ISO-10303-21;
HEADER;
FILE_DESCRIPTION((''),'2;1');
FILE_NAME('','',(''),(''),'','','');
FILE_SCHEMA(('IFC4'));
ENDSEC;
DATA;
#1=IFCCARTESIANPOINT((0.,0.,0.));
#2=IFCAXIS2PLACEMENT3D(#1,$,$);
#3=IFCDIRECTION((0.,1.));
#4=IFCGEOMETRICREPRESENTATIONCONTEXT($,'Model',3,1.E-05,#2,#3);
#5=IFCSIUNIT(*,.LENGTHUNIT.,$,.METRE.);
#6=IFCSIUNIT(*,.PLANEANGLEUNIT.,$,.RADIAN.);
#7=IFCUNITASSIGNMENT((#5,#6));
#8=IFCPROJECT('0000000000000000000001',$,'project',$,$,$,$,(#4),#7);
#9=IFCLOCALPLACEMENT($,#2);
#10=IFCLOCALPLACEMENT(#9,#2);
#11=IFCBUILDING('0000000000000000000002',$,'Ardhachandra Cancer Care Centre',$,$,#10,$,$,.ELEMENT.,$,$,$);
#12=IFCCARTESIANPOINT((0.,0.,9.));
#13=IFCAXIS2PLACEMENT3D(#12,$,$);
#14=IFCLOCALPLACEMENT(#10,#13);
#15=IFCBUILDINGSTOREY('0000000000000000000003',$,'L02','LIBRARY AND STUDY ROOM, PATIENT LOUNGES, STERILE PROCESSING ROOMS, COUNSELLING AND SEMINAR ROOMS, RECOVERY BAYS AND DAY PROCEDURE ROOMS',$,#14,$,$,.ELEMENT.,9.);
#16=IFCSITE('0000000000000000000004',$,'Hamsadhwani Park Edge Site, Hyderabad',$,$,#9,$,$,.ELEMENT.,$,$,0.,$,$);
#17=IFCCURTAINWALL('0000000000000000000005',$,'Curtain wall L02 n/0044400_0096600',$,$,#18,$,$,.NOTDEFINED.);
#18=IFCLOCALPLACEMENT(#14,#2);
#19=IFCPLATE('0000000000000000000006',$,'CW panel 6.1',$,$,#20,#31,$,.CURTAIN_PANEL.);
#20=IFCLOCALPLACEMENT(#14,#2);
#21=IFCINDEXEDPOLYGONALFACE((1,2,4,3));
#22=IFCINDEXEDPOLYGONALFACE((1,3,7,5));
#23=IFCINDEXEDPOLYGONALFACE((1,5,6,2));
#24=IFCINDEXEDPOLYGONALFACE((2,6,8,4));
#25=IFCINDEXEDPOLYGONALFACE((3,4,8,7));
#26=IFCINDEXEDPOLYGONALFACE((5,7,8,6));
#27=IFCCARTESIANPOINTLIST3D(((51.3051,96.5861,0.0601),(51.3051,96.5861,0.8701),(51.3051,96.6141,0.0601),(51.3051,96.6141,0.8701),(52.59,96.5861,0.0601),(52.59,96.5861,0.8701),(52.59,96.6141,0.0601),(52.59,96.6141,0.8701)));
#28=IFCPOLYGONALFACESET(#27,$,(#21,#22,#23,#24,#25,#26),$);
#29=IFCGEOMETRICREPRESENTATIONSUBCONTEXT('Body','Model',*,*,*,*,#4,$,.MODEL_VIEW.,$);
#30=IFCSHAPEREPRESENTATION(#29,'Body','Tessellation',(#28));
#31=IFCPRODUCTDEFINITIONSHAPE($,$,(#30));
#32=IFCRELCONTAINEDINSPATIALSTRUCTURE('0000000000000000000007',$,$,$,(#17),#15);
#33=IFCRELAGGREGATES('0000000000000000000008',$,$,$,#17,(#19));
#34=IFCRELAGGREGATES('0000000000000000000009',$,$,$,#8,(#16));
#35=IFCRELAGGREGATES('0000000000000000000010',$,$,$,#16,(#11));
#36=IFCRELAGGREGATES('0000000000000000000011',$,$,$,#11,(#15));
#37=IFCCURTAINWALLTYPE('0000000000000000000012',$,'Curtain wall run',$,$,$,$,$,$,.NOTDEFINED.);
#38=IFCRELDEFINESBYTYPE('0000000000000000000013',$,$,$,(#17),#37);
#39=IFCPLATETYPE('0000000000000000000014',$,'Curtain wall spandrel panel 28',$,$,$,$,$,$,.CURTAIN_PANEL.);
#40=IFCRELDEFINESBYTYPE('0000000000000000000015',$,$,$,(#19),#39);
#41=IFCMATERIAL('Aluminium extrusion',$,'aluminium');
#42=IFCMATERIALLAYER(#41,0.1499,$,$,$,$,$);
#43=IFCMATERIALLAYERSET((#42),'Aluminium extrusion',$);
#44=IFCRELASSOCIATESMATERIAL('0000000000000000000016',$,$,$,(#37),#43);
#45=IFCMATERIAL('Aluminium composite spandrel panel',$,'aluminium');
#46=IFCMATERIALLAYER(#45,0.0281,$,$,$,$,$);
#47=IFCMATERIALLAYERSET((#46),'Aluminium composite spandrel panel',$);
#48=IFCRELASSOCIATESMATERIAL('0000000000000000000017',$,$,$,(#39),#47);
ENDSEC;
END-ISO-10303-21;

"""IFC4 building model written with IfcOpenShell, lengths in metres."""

from ifc_helpers import new_model, si_unit, direction, frame, origin, origin_2d, place, context, subcontext, project, spatial, rectangle, extrude, material, layer, layer_set, type_object, element, aggregate, save


model = new_model("IFC4")

# Units and contexts
model_context = context("Model", 3, precision=1e-05, world=origin(), true_north=direction((0.0, 1.0)))
body_context = subcontext(model_context, "Body", "Model", "MODEL_VIEW")
ifc_project = project(units=[si_unit("LENGTHUNIT", "METRE"), si_unit("PLANEANGLEUNIT", "RADIAN")], contexts=[model_context])

# Site, building, storey
site_placement = place(None, origin())
site = spatial("IfcSite", under=ifc_project, at=site_placement, Name="Hamsadhwani Park Edge Site, Hyderabad", CompositionType="ELEMENT", RefElevation=0.0)
building_placement = place(site_placement, origin())
building = spatial("IfcBuilding", under=site, at=building_placement, Name="Ardhachandra Cancer Care Centre", CompositionType="ELEMENT")
storey_placement = place(building_placement, frame((0.0, 0.0, 9.0)))
storey = spatial("IfcBuildingStorey", under=building, at=storey_placement, Name="L02", Description="LIBRARY AND STUDY ROOM, PATIENT LOUNGES, STERILE PROCESSING ROOMS, COUNSELLING AND SEMINAR ROOMS, RECOVERY BAYS AND DAY PROCEDURE ROOMS", CompositionType="ELEMENT", Elevation=9.0)

# Curtain wall, plate
ifc_material_1 = material(Name="Aluminium extrusion", Category="aluminium")
ifc_layer_1 = layer(ifc_material_1, 0.1499)
ifc_layer_set_1 = layer_set([ifc_layer_1], Name="Aluminium extrusion")
curtain_wall_type = type_object("IfcCurtainWallType", Name="Curtain wall run", PredefinedType="NOTDEFINED", material=ifc_layer_set_1)
curtain_wall_placement = place(storey_placement, origin())
curtain_wall = element("IfcCurtainWall", 1, at=curtain_wall_placement, inside=storey, type_object=curtain_wall_type, Name="Curtain wall L02 n/0044400_0096600", PredefinedType="NOTDEFINED")
ifc_material_2 = material(Name="Aluminium composite spandrel panel", Category="aluminium")
ifc_layer_2 = layer(ifc_material_2, 0.0281)
ifc_layer_set_2 = layer_set([ifc_layer_2], Name="Aluminium composite spandrel panel")
plate_type_1 = type_object("IfcPlateType", Name="Curtain wall spandrel panel 28", PredefinedType="CURTAIN_PANEL", material=ifc_layer_set_2)
plate_1_placement = place(storey_placement, frame((51.9475, 96.6001, 0.0601), z_axis=(0.0, 0.0, 1.0), x_axis=(1.0, 0.0, 0.0)))
plate_1 = element("IfcPlate", 2, at=plate_1_placement, type_object=plate_type_1, Name="CW panel 6.1", PredefinedType="CURTAIN_PANEL", context=body_context, shape_type="SweptSolid", body=[
    extrude(rectangle(XDim=1.2849, YDim=0.0281, at=origin_2d()), origin(), (0.0, 0.0, 1.0), 0.8101),
])
aggregate(curtain_wall, [plate_1])

save(model, "model.ifc")
